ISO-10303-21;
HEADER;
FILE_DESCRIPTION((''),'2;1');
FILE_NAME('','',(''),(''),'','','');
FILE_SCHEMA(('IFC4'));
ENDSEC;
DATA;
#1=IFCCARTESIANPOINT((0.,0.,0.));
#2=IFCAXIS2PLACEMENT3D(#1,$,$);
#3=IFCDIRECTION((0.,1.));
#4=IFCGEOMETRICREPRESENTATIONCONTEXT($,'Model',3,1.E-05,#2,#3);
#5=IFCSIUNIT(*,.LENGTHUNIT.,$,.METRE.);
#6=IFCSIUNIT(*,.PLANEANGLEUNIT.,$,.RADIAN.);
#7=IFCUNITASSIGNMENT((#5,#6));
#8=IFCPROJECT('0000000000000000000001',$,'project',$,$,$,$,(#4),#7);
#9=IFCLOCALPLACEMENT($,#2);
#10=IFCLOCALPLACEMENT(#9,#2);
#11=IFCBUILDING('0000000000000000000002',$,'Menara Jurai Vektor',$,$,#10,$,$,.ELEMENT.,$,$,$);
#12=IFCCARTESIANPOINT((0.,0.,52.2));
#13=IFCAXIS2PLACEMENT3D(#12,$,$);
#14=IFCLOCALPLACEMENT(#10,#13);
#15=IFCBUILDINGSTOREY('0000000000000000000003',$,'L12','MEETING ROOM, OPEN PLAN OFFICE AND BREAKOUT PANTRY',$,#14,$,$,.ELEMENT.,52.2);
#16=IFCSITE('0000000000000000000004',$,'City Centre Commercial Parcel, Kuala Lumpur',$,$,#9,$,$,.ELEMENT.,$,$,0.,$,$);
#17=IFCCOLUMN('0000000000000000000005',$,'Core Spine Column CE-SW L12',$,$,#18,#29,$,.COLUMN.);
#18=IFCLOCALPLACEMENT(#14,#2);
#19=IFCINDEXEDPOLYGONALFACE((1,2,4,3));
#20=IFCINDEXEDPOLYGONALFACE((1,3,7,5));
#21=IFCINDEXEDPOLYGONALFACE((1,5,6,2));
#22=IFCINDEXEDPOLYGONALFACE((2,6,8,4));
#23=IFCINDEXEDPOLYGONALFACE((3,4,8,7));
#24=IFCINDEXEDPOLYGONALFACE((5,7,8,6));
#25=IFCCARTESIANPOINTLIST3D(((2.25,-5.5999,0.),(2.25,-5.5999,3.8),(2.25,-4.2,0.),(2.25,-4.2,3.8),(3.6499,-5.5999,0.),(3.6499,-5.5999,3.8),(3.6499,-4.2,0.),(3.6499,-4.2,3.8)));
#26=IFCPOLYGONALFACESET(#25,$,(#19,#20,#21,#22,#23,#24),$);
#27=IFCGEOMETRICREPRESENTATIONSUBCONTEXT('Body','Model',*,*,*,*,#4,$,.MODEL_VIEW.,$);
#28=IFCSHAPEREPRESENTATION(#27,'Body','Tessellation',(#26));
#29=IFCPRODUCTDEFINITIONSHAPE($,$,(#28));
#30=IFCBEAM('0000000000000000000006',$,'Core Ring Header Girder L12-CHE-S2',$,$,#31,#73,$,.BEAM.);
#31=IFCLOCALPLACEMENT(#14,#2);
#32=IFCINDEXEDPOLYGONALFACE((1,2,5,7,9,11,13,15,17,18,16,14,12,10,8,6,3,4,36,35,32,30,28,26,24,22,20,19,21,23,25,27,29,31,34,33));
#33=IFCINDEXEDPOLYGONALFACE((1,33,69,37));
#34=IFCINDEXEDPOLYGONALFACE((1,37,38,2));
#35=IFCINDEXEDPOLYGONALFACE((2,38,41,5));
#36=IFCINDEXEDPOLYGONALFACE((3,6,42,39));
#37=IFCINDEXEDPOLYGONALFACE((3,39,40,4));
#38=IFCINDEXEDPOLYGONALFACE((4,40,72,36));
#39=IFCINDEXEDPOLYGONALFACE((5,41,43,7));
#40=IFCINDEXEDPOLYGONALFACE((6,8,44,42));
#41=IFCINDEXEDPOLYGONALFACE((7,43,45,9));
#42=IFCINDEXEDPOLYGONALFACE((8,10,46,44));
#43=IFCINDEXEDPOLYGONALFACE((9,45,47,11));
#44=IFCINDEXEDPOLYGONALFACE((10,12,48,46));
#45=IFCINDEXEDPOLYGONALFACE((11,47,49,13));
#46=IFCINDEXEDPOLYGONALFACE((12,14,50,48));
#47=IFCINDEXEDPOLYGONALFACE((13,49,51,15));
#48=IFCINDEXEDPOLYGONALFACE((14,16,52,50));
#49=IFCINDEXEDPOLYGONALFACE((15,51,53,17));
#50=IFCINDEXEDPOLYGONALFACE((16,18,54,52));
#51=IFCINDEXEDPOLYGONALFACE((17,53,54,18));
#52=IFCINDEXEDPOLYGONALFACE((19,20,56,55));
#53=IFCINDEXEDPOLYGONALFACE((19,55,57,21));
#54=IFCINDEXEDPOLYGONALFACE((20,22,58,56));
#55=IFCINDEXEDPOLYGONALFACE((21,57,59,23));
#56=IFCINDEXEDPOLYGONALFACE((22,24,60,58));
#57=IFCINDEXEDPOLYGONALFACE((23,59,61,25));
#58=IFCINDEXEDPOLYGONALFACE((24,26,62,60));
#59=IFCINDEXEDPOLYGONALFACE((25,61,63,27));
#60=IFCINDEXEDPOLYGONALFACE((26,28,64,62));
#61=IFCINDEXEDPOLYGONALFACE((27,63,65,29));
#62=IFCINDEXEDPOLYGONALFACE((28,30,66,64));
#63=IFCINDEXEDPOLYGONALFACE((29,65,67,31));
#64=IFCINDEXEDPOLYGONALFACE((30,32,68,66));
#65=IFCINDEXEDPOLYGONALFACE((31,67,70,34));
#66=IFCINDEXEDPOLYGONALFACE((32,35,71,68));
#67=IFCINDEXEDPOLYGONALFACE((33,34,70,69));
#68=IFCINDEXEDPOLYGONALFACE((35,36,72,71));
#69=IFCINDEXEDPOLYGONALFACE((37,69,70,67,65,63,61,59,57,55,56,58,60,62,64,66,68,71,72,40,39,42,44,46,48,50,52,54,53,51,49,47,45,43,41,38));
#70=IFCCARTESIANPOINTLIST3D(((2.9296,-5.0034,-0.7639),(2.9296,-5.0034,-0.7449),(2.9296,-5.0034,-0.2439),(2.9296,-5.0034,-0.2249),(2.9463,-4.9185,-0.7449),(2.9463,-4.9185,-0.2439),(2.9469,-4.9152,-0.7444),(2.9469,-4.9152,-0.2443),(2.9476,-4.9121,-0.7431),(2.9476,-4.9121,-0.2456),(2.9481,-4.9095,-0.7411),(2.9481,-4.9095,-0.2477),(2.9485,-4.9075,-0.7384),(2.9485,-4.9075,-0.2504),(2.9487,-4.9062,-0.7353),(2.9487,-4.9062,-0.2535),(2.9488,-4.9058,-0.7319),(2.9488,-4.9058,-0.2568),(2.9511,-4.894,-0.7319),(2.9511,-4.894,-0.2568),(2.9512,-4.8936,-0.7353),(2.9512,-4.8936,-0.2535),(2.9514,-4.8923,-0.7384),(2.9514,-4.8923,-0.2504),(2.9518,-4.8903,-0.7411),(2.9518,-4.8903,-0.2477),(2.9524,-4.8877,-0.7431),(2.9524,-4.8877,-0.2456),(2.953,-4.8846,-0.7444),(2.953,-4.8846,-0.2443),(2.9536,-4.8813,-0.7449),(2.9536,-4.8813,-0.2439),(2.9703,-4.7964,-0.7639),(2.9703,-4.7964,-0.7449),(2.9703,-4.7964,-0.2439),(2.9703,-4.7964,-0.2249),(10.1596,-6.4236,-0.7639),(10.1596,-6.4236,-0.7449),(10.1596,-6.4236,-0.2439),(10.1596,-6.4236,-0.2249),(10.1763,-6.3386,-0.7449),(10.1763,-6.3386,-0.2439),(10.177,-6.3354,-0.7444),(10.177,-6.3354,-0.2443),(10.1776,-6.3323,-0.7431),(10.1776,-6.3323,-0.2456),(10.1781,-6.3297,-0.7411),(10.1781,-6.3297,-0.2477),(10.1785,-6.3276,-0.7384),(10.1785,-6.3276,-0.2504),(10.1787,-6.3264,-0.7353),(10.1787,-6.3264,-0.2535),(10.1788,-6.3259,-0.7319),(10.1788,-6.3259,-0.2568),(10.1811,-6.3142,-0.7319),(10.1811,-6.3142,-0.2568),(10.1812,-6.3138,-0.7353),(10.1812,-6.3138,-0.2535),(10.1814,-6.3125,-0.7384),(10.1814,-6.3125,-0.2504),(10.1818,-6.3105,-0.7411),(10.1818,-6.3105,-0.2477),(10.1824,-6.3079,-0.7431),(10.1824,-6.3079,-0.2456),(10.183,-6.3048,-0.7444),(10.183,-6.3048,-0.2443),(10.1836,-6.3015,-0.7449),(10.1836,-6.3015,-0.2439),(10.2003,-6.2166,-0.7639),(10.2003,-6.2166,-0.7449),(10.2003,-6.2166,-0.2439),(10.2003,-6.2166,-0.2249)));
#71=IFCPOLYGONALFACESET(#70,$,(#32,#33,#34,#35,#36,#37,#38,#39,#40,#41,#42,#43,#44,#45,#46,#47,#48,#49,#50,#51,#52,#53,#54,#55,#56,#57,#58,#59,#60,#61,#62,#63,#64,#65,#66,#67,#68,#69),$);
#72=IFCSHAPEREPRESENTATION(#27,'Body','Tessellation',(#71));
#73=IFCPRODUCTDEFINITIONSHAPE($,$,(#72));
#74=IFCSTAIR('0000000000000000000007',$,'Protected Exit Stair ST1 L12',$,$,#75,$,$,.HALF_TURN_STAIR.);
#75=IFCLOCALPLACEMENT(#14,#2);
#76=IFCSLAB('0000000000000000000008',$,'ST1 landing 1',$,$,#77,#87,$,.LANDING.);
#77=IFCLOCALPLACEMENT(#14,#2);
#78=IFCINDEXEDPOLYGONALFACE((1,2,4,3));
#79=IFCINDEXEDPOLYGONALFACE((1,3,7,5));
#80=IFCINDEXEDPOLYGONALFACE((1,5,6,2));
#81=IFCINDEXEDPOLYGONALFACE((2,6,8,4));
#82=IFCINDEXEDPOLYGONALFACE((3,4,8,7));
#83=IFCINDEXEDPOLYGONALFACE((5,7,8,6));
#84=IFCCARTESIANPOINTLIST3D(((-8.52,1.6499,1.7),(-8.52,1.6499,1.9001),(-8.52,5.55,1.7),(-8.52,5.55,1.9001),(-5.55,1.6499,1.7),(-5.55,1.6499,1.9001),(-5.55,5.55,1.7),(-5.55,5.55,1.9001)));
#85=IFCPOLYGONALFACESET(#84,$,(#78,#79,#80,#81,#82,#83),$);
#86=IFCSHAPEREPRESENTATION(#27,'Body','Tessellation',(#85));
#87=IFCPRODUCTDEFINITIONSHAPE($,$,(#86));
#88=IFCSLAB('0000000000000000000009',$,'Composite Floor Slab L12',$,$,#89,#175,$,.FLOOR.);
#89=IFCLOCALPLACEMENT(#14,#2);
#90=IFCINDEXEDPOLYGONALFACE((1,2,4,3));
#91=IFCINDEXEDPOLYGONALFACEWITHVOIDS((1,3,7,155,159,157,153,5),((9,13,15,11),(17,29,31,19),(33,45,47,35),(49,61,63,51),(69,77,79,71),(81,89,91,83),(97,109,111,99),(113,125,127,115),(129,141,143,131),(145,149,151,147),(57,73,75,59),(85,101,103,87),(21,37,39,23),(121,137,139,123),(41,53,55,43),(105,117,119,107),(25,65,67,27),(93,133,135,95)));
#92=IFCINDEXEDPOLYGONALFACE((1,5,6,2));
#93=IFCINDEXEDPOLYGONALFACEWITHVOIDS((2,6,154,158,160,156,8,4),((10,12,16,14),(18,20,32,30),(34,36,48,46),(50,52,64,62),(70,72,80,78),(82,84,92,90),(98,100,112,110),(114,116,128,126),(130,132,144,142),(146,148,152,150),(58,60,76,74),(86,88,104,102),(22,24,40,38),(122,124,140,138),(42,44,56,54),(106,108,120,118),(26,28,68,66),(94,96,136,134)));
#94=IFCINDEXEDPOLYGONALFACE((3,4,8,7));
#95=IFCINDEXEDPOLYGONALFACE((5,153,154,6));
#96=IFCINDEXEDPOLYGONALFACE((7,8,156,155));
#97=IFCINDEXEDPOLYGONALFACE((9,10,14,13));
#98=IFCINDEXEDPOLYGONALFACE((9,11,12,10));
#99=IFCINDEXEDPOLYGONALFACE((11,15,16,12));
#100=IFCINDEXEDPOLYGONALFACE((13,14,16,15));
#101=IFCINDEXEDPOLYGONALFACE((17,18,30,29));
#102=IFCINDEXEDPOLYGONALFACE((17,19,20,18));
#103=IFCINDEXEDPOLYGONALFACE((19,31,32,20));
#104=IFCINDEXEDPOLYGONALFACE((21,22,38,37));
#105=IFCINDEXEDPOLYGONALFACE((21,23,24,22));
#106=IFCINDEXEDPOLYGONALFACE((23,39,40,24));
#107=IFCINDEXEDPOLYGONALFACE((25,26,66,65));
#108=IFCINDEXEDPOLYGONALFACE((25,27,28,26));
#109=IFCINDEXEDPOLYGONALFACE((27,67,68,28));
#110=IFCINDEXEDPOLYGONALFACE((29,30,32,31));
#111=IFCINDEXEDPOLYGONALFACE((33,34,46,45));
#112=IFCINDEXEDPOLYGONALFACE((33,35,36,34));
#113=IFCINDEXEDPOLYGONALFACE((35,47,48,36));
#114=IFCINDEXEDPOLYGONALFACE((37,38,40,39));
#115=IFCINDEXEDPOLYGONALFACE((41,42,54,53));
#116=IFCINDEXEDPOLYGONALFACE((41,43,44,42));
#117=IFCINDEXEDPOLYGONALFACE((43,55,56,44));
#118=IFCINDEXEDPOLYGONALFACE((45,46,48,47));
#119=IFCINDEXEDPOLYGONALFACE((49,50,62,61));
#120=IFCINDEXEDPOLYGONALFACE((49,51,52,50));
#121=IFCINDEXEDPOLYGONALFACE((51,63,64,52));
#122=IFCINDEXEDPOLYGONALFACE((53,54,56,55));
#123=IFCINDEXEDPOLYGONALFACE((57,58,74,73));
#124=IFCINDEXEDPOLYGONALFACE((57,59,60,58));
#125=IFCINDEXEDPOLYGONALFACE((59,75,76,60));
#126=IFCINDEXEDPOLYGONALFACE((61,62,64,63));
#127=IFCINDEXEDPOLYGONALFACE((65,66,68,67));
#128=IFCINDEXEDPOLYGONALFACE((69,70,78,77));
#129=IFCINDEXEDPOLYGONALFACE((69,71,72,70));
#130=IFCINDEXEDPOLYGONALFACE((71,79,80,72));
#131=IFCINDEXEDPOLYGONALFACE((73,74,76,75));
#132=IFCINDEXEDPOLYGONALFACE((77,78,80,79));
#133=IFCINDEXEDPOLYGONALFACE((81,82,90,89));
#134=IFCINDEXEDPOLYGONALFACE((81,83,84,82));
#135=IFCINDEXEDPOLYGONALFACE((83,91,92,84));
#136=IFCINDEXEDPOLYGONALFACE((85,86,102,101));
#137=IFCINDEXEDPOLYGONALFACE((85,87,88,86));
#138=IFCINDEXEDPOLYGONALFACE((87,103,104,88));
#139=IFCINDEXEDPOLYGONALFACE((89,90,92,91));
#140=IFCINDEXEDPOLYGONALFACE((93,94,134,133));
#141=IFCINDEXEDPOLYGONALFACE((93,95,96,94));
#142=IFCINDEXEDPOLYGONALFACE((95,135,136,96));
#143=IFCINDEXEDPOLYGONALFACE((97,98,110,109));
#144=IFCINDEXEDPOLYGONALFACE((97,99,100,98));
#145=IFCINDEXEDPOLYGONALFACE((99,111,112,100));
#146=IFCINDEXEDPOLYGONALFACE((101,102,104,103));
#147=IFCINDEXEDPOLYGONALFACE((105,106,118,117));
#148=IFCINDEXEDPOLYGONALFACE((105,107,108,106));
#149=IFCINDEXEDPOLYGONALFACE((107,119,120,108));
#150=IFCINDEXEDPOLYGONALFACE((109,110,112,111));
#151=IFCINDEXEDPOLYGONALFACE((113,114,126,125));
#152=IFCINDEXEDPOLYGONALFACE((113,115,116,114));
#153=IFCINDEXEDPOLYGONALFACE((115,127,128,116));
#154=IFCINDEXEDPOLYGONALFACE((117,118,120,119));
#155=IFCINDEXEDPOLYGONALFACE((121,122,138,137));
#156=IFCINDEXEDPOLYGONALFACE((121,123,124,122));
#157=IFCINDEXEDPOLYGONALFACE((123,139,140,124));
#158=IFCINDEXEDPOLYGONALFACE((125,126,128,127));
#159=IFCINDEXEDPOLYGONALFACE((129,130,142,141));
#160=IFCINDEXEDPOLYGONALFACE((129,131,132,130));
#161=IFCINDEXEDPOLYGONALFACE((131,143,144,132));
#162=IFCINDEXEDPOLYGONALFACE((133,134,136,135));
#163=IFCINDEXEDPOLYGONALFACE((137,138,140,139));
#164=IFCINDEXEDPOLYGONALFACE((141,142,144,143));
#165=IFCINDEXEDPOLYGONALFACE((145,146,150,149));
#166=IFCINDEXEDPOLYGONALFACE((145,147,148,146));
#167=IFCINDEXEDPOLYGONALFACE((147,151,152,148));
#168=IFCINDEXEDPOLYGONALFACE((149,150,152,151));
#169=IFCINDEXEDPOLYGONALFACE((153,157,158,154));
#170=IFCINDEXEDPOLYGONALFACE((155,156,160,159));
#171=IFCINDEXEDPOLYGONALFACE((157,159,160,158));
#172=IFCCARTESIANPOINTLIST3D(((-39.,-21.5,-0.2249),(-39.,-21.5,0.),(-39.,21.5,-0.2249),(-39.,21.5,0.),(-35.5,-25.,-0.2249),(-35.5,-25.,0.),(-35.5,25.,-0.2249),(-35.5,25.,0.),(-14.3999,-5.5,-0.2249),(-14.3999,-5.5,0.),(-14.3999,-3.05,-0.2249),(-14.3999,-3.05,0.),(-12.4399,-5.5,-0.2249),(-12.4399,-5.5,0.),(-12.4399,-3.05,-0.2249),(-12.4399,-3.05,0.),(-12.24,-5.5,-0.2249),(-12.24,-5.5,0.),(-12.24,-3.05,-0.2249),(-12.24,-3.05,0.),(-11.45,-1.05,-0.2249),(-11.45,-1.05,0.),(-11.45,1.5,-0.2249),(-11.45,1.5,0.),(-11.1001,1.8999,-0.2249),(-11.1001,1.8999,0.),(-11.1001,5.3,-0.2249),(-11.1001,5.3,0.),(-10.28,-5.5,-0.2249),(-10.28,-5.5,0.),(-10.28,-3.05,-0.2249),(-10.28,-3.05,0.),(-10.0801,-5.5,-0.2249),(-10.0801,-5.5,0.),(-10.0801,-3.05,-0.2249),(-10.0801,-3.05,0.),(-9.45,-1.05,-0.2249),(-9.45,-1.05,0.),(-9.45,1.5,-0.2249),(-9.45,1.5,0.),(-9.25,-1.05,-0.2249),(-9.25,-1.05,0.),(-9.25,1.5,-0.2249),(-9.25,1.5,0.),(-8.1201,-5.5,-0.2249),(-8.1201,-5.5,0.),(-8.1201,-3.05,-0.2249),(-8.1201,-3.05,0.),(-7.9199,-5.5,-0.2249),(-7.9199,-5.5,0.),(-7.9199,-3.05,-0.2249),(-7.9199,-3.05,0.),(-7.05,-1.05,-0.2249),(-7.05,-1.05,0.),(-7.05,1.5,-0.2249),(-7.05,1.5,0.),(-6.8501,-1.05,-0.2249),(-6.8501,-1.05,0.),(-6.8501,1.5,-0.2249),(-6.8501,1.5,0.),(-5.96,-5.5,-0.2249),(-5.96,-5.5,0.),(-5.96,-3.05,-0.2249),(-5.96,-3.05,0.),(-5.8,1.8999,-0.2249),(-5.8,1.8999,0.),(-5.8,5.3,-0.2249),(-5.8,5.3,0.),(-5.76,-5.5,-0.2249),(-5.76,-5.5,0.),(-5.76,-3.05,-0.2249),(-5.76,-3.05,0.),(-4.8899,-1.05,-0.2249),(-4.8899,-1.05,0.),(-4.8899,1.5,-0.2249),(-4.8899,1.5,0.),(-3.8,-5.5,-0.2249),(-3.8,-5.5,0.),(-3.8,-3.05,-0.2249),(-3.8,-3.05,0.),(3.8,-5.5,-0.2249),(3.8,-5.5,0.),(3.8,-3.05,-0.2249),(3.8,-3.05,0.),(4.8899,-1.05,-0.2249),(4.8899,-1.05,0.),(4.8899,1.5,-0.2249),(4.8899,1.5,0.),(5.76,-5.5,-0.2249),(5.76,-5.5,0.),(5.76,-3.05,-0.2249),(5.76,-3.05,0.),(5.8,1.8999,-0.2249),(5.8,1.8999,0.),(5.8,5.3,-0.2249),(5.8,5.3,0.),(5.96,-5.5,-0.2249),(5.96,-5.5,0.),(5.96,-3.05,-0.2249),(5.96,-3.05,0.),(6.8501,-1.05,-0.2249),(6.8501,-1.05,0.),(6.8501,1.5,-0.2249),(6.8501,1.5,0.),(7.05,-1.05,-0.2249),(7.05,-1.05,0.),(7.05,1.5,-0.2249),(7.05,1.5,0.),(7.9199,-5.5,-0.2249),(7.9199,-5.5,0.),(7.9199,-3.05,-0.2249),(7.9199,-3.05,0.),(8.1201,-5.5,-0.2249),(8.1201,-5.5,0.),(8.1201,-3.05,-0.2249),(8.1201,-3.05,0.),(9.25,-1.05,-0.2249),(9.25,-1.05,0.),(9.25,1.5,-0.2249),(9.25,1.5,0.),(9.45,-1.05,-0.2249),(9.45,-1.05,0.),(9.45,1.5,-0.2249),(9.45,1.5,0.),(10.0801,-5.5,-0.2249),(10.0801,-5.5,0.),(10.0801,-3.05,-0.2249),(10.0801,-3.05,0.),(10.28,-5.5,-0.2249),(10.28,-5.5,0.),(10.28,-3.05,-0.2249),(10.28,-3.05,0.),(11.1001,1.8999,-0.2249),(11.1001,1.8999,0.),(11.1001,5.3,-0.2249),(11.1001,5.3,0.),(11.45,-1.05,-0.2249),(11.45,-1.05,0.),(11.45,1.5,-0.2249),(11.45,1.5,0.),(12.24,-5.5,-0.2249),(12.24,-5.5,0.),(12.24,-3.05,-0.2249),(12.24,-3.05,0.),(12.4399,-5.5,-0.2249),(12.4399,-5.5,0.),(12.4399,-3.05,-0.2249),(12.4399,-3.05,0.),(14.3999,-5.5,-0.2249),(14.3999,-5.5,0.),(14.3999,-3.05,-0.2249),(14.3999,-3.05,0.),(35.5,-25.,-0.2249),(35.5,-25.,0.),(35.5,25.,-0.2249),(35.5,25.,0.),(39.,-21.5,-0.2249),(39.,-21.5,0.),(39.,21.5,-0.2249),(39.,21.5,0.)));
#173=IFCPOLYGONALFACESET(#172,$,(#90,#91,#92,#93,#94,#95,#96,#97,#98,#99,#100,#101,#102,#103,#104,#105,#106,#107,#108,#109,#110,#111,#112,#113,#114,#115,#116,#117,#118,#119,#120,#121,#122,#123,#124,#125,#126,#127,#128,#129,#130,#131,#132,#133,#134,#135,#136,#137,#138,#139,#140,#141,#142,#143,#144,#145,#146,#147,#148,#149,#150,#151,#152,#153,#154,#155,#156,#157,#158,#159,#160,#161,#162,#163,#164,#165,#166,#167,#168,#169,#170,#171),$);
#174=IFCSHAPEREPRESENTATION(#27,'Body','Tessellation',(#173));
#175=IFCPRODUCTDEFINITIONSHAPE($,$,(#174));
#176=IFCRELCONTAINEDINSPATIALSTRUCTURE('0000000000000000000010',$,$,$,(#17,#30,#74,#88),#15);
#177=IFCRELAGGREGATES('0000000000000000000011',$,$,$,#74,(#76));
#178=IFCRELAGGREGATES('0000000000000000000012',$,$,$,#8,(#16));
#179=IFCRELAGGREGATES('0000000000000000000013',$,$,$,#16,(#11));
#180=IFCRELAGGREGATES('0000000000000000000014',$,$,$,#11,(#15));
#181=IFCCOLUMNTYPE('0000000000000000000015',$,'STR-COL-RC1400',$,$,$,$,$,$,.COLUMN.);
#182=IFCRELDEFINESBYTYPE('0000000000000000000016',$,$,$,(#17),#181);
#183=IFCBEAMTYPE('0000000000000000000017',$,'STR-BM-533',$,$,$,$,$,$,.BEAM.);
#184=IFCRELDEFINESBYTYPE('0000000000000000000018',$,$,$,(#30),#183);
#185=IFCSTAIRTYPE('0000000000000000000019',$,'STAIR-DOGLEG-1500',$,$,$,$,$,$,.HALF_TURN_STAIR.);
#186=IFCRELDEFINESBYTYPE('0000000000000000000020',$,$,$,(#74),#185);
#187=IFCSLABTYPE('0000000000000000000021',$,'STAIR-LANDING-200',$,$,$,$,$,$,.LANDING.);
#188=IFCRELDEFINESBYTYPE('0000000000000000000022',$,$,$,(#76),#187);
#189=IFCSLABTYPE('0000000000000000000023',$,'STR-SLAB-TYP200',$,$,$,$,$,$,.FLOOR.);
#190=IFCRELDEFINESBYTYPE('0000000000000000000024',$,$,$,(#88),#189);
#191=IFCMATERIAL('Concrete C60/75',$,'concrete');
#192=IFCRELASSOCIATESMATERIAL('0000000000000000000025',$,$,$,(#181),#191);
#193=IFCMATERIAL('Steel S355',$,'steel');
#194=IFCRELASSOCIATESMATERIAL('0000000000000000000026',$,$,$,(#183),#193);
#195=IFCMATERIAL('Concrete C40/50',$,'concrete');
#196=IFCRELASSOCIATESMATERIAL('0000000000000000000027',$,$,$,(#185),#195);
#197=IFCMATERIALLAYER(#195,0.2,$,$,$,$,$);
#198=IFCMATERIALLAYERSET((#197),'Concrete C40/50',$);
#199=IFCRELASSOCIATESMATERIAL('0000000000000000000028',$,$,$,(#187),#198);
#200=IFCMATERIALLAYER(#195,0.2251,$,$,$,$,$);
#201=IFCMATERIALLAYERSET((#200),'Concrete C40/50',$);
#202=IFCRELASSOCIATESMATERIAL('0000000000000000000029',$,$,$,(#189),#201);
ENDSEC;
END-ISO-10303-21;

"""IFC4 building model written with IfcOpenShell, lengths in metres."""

from ifc_helpers import new_model, si_unit, direction, frame, origin, origin_2d, place, context, subcontext, project, spatial, polyline, rectangle, i_section, outline, extrude, material, layer, layer_set, material_profile, profile_set, type_object, element, aggregate, save


model = new_model("IFC4")

# Units and contexts
model_context = context("Model", 3, precision=1e-05, world=origin(), true_north=direction((0.0, 1.0)))
body_context = subcontext(model_context, "Body", "Model", "MODEL_VIEW")
ifc_project = project(units=[si_unit("LENGTHUNIT", "METRE"), si_unit("PLANEANGLEUNIT", "RADIAN")], contexts=[model_context])

# Site, building, storey
site_placement = place(None, origin())
site = spatial("IfcSite", under=ifc_project, at=site_placement, Name="City Centre Commercial Parcel, Kuala Lumpur", CompositionType="ELEMENT", RefElevation=0.0)
building_placement = place(site_placement, origin())
building = spatial("IfcBuilding", under=site, at=building_placement, Name="Menara Jurai Vektor", CompositionType="ELEMENT")
storey_placement = place(building_placement, frame((0.0, 0.0, 52.2)))
storey = spatial("IfcBuildingStorey", under=building, at=storey_placement, Name="L12", Description="MEETING ROOM, OPEN PLAN OFFICE AND BREAKOUT PANTRY", CompositionType="ELEMENT", Elevation=52.2)

# Column
ifc_material_1 = material(Name="Concrete C60/75", Category="concrete")
ifc_material_profile_1 = material_profile(ifc_material_1, rectangle(XDim=1.3999, YDim=1.3999, at=origin_2d()), Name="RC 1400x1400")
ifc_profile_set_1 = profile_set([ifc_material_profile_1], Name="Concrete C60/75")
column_type = type_object("IfcColumnType", Name="STR-COL-RC1400", PredefinedType="COLUMN", material=ifc_profile_set_1)
column_placement = place(storey_placement, frame((2.95, -4.8999, 0.0), z_axis=(0.0, 0.0, 1.0), x_axis=(1.0, 0.0, 0.0)))
element("IfcColumn", 1, at=column_placement, inside=storey, type_object=column_type, Name="Core Spine Column CE-SW L12", PredefinedType="COLUMN", context=body_context, shape_type="SweptSolid", body=[
    extrude(rectangle(XDim=1.3999, YDim=1.3999, at=origin_2d()), origin(), (0.0, 0.0, 1.0), 3.8),
])

# Beam
ifc_material_2 = material(Name="Steel S355", Category="steel")
ifc_material_profile_2 = material_profile(ifc_material_2, i_section(OverallWidth=0.2109, OverallDepth=0.5391, WebThickness=0.012, FlangeThickness=0.019, FilletRadius=0.0129, at=origin_2d()), Name="UKB 533x210x109")
ifc_profile_set_2 = profile_set([ifc_material_profile_2], Name="Steel S355")
beam_type = type_object("IfcBeamType", Name="STR-BM-533", PredefinedType="BEAM", material=ifc_profile_set_2)
beam_placement = place(storey_placement, frame((2.95, -4.8999, -0.4944), z_axis=(0.981249, -0.192744, 0.0), x_axis=(0.192744, 0.981249, 0.0)))
element("IfcBeam", 2, at=beam_placement, inside=storey, type_object=beam_type, Name="Core Ring Header Girder L12-CHE-S2", PredefinedType="BEAM", context=body_context, shape_type="SweptSolid", body=[
    extrude(i_section(OverallWidth=0.2109, OverallDepth=0.5391, WebThickness=0.012, FlangeThickness=0.019, FilletRadius=0.0129, at=origin_2d()), origin(), (0.0, 0.0, 1.0), 7.3682),
])

# Stair, slab
ifc_material_3 = material(Name="Concrete C40/50", Category="concrete")
stair_type = type_object("IfcStairType", Name="STAIR-DOGLEG-1500", PredefinedType="HALF_TURN_STAIR", material=ifc_material_3)
stair_placement = place(storey_placement, origin())
stair = element("IfcStair", 3, at=stair_placement, inside=storey, type_object=stair_type, Name="Protected Exit Stair ST1 L12", PredefinedType="HALF_TURN_STAIR")
ifc_layer_1 = layer(ifc_material_3, 0.2)
ifc_layer_set_1 = layer_set([ifc_layer_1], Name="Concrete C40/50")
slab_type_1 = type_object("IfcSlabType", Name="STAIR-LANDING-200", PredefinedType="LANDING", material=ifc_layer_set_1)
slab_1_placement = place(storey_placement, frame((0.0, 0.0, 1.7)))
slab_1 = element("IfcSlab", 4, at=slab_1_placement, type_object=slab_type_1, Name="ST1 landing 1", PredefinedType="LANDING", context=body_context, shape_type="SweptSolid", body=[
    extrude(outline(polyline([(-8.52, 1.6499), (-5.55, 1.6499), (-5.55, 5.55), (-8.52, 5.55), (-8.52, 1.6499)])), origin(), (0.0, 0.0, 1.0), 0.2002),
])
aggregate(stair, [slab_1])

# Slab
ifc_layer_2 = layer(ifc_material_3, 0.2251)
ifc_layer_set_2 = layer_set([ifc_layer_2], Name="Concrete C40/50")
slab_type_2 = type_object("IfcSlabType", Name="STR-SLAB-TYP200", PredefinedType="FLOOR", material=ifc_layer_set_2)
slab_2_placement = place(storey_placement, frame((0.0, 0.0, -0.2249)))
element("IfcSlab", 5, at=slab_2_placement, inside=storey, type_object=slab_type_2, Name="Composite Floor Slab L12", PredefinedType="FLOOR", context=body_context, shape_type="SweptSolid", body=[
    extrude(outline(polyline([(-35.5, -25.0), (35.5, -25.0), (39.0, -21.5), (39.0, 21.5), (35.5, 25.0), (-35.5, 25.0), (-39.0, 21.5), (-39.0, -21.5), (-35.5, -25.0)]), holes=[polyline([(-11.1001, 1.8999), (-11.1001, 5.3), (-5.8, 5.3), (-5.8, 1.8999), (-11.1001, 1.8999)]), polyline([(5.8, 1.8999), (5.8, 5.3), (11.1001, 5.3), (11.1001, 1.8999), (5.8, 1.8999)]), polyline([(-11.45, -1.05), (-11.45, 1.5), (-9.45, 1.5), (-9.45, -1.05), (-11.45, -1.05)]), polyline([(9.45, -1.05), (9.45, 1.5), (11.45, 1.5), (11.45, -1.05), (9.45, -1.05)]), polyline([(-5.76, -5.5), (-5.76, -3.05), (-3.8, -3.05), (-3.8, -5.5), (-5.76, -5.5)]), polyline([(-6.8501, -1.05), (-6.8501, 1.5), (-4.8899, 1.5), (-4.8899, -1.05), (-6.8501, -1.05)]), polyline([(3.8, -5.5), (3.8, -3.05), (5.76, -3.05), (5.76, -5.5), (3.8, -5.5)]), polyline([(4.8899, -1.05), (4.8899, 1.5), (6.8501, 1.5), (6.8501, -1.05), (4.8899, -1.05)]), polyline([(-14.3999, -5.5), (-14.3999, -3.05), (-12.4399, -3.05), (-12.4399, -5.5), (-14.3999, -5.5)]), polyline([(-12.24, -5.5), (-12.24, -3.05), (-10.28, -3.05), (-10.28, -5.5), (-12.24, -5.5)]), polyline([(10.28, -5.5), (10.28, -3.05), (12.24, -3.05), (12.24, -5.5), (10.28, -5.5)]), polyline([(12.4399, -5.5), (12.4399, -3.05), (14.3999, -3.05), (14.3999, -5.5), (12.4399, -5.5)]), polyline([(-10.0801, -5.5), (-10.0801, -3.05), (-8.1201, -3.05), (-8.1201, -5.5), (-10.0801, -5.5)]), polyline([(-7.9199, -5.5), (-7.9199, -3.05), (-5.96, -3.05), (-5.96, -5.5), (-7.9199, -5.5)]), polyline([(5.96, -5.5), (5.96, -3.05), (7.9199, -3.05), (7.9199, -5.5), (5.96, -5.5)]), polyline([(8.1201, -5.5), (8.1201, -3.05), (10.0801, -3.05), (10.0801, -5.5), (8.1201, -5.5)]), polyline([(-9.25, -1.05), (-9.25, 1.5), (-7.05, 1.5), (-7.05, -1.05), (-9.25, -1.05)]), polyline([(7.05, -1.05), (7.05, 1.5), (9.25, 1.5), (9.25, -1.05), (7.05, -1.05)])]), origin(), (0.0, 0.0, 1.0), 0.2249),
])

save(model, "model.ifc")
